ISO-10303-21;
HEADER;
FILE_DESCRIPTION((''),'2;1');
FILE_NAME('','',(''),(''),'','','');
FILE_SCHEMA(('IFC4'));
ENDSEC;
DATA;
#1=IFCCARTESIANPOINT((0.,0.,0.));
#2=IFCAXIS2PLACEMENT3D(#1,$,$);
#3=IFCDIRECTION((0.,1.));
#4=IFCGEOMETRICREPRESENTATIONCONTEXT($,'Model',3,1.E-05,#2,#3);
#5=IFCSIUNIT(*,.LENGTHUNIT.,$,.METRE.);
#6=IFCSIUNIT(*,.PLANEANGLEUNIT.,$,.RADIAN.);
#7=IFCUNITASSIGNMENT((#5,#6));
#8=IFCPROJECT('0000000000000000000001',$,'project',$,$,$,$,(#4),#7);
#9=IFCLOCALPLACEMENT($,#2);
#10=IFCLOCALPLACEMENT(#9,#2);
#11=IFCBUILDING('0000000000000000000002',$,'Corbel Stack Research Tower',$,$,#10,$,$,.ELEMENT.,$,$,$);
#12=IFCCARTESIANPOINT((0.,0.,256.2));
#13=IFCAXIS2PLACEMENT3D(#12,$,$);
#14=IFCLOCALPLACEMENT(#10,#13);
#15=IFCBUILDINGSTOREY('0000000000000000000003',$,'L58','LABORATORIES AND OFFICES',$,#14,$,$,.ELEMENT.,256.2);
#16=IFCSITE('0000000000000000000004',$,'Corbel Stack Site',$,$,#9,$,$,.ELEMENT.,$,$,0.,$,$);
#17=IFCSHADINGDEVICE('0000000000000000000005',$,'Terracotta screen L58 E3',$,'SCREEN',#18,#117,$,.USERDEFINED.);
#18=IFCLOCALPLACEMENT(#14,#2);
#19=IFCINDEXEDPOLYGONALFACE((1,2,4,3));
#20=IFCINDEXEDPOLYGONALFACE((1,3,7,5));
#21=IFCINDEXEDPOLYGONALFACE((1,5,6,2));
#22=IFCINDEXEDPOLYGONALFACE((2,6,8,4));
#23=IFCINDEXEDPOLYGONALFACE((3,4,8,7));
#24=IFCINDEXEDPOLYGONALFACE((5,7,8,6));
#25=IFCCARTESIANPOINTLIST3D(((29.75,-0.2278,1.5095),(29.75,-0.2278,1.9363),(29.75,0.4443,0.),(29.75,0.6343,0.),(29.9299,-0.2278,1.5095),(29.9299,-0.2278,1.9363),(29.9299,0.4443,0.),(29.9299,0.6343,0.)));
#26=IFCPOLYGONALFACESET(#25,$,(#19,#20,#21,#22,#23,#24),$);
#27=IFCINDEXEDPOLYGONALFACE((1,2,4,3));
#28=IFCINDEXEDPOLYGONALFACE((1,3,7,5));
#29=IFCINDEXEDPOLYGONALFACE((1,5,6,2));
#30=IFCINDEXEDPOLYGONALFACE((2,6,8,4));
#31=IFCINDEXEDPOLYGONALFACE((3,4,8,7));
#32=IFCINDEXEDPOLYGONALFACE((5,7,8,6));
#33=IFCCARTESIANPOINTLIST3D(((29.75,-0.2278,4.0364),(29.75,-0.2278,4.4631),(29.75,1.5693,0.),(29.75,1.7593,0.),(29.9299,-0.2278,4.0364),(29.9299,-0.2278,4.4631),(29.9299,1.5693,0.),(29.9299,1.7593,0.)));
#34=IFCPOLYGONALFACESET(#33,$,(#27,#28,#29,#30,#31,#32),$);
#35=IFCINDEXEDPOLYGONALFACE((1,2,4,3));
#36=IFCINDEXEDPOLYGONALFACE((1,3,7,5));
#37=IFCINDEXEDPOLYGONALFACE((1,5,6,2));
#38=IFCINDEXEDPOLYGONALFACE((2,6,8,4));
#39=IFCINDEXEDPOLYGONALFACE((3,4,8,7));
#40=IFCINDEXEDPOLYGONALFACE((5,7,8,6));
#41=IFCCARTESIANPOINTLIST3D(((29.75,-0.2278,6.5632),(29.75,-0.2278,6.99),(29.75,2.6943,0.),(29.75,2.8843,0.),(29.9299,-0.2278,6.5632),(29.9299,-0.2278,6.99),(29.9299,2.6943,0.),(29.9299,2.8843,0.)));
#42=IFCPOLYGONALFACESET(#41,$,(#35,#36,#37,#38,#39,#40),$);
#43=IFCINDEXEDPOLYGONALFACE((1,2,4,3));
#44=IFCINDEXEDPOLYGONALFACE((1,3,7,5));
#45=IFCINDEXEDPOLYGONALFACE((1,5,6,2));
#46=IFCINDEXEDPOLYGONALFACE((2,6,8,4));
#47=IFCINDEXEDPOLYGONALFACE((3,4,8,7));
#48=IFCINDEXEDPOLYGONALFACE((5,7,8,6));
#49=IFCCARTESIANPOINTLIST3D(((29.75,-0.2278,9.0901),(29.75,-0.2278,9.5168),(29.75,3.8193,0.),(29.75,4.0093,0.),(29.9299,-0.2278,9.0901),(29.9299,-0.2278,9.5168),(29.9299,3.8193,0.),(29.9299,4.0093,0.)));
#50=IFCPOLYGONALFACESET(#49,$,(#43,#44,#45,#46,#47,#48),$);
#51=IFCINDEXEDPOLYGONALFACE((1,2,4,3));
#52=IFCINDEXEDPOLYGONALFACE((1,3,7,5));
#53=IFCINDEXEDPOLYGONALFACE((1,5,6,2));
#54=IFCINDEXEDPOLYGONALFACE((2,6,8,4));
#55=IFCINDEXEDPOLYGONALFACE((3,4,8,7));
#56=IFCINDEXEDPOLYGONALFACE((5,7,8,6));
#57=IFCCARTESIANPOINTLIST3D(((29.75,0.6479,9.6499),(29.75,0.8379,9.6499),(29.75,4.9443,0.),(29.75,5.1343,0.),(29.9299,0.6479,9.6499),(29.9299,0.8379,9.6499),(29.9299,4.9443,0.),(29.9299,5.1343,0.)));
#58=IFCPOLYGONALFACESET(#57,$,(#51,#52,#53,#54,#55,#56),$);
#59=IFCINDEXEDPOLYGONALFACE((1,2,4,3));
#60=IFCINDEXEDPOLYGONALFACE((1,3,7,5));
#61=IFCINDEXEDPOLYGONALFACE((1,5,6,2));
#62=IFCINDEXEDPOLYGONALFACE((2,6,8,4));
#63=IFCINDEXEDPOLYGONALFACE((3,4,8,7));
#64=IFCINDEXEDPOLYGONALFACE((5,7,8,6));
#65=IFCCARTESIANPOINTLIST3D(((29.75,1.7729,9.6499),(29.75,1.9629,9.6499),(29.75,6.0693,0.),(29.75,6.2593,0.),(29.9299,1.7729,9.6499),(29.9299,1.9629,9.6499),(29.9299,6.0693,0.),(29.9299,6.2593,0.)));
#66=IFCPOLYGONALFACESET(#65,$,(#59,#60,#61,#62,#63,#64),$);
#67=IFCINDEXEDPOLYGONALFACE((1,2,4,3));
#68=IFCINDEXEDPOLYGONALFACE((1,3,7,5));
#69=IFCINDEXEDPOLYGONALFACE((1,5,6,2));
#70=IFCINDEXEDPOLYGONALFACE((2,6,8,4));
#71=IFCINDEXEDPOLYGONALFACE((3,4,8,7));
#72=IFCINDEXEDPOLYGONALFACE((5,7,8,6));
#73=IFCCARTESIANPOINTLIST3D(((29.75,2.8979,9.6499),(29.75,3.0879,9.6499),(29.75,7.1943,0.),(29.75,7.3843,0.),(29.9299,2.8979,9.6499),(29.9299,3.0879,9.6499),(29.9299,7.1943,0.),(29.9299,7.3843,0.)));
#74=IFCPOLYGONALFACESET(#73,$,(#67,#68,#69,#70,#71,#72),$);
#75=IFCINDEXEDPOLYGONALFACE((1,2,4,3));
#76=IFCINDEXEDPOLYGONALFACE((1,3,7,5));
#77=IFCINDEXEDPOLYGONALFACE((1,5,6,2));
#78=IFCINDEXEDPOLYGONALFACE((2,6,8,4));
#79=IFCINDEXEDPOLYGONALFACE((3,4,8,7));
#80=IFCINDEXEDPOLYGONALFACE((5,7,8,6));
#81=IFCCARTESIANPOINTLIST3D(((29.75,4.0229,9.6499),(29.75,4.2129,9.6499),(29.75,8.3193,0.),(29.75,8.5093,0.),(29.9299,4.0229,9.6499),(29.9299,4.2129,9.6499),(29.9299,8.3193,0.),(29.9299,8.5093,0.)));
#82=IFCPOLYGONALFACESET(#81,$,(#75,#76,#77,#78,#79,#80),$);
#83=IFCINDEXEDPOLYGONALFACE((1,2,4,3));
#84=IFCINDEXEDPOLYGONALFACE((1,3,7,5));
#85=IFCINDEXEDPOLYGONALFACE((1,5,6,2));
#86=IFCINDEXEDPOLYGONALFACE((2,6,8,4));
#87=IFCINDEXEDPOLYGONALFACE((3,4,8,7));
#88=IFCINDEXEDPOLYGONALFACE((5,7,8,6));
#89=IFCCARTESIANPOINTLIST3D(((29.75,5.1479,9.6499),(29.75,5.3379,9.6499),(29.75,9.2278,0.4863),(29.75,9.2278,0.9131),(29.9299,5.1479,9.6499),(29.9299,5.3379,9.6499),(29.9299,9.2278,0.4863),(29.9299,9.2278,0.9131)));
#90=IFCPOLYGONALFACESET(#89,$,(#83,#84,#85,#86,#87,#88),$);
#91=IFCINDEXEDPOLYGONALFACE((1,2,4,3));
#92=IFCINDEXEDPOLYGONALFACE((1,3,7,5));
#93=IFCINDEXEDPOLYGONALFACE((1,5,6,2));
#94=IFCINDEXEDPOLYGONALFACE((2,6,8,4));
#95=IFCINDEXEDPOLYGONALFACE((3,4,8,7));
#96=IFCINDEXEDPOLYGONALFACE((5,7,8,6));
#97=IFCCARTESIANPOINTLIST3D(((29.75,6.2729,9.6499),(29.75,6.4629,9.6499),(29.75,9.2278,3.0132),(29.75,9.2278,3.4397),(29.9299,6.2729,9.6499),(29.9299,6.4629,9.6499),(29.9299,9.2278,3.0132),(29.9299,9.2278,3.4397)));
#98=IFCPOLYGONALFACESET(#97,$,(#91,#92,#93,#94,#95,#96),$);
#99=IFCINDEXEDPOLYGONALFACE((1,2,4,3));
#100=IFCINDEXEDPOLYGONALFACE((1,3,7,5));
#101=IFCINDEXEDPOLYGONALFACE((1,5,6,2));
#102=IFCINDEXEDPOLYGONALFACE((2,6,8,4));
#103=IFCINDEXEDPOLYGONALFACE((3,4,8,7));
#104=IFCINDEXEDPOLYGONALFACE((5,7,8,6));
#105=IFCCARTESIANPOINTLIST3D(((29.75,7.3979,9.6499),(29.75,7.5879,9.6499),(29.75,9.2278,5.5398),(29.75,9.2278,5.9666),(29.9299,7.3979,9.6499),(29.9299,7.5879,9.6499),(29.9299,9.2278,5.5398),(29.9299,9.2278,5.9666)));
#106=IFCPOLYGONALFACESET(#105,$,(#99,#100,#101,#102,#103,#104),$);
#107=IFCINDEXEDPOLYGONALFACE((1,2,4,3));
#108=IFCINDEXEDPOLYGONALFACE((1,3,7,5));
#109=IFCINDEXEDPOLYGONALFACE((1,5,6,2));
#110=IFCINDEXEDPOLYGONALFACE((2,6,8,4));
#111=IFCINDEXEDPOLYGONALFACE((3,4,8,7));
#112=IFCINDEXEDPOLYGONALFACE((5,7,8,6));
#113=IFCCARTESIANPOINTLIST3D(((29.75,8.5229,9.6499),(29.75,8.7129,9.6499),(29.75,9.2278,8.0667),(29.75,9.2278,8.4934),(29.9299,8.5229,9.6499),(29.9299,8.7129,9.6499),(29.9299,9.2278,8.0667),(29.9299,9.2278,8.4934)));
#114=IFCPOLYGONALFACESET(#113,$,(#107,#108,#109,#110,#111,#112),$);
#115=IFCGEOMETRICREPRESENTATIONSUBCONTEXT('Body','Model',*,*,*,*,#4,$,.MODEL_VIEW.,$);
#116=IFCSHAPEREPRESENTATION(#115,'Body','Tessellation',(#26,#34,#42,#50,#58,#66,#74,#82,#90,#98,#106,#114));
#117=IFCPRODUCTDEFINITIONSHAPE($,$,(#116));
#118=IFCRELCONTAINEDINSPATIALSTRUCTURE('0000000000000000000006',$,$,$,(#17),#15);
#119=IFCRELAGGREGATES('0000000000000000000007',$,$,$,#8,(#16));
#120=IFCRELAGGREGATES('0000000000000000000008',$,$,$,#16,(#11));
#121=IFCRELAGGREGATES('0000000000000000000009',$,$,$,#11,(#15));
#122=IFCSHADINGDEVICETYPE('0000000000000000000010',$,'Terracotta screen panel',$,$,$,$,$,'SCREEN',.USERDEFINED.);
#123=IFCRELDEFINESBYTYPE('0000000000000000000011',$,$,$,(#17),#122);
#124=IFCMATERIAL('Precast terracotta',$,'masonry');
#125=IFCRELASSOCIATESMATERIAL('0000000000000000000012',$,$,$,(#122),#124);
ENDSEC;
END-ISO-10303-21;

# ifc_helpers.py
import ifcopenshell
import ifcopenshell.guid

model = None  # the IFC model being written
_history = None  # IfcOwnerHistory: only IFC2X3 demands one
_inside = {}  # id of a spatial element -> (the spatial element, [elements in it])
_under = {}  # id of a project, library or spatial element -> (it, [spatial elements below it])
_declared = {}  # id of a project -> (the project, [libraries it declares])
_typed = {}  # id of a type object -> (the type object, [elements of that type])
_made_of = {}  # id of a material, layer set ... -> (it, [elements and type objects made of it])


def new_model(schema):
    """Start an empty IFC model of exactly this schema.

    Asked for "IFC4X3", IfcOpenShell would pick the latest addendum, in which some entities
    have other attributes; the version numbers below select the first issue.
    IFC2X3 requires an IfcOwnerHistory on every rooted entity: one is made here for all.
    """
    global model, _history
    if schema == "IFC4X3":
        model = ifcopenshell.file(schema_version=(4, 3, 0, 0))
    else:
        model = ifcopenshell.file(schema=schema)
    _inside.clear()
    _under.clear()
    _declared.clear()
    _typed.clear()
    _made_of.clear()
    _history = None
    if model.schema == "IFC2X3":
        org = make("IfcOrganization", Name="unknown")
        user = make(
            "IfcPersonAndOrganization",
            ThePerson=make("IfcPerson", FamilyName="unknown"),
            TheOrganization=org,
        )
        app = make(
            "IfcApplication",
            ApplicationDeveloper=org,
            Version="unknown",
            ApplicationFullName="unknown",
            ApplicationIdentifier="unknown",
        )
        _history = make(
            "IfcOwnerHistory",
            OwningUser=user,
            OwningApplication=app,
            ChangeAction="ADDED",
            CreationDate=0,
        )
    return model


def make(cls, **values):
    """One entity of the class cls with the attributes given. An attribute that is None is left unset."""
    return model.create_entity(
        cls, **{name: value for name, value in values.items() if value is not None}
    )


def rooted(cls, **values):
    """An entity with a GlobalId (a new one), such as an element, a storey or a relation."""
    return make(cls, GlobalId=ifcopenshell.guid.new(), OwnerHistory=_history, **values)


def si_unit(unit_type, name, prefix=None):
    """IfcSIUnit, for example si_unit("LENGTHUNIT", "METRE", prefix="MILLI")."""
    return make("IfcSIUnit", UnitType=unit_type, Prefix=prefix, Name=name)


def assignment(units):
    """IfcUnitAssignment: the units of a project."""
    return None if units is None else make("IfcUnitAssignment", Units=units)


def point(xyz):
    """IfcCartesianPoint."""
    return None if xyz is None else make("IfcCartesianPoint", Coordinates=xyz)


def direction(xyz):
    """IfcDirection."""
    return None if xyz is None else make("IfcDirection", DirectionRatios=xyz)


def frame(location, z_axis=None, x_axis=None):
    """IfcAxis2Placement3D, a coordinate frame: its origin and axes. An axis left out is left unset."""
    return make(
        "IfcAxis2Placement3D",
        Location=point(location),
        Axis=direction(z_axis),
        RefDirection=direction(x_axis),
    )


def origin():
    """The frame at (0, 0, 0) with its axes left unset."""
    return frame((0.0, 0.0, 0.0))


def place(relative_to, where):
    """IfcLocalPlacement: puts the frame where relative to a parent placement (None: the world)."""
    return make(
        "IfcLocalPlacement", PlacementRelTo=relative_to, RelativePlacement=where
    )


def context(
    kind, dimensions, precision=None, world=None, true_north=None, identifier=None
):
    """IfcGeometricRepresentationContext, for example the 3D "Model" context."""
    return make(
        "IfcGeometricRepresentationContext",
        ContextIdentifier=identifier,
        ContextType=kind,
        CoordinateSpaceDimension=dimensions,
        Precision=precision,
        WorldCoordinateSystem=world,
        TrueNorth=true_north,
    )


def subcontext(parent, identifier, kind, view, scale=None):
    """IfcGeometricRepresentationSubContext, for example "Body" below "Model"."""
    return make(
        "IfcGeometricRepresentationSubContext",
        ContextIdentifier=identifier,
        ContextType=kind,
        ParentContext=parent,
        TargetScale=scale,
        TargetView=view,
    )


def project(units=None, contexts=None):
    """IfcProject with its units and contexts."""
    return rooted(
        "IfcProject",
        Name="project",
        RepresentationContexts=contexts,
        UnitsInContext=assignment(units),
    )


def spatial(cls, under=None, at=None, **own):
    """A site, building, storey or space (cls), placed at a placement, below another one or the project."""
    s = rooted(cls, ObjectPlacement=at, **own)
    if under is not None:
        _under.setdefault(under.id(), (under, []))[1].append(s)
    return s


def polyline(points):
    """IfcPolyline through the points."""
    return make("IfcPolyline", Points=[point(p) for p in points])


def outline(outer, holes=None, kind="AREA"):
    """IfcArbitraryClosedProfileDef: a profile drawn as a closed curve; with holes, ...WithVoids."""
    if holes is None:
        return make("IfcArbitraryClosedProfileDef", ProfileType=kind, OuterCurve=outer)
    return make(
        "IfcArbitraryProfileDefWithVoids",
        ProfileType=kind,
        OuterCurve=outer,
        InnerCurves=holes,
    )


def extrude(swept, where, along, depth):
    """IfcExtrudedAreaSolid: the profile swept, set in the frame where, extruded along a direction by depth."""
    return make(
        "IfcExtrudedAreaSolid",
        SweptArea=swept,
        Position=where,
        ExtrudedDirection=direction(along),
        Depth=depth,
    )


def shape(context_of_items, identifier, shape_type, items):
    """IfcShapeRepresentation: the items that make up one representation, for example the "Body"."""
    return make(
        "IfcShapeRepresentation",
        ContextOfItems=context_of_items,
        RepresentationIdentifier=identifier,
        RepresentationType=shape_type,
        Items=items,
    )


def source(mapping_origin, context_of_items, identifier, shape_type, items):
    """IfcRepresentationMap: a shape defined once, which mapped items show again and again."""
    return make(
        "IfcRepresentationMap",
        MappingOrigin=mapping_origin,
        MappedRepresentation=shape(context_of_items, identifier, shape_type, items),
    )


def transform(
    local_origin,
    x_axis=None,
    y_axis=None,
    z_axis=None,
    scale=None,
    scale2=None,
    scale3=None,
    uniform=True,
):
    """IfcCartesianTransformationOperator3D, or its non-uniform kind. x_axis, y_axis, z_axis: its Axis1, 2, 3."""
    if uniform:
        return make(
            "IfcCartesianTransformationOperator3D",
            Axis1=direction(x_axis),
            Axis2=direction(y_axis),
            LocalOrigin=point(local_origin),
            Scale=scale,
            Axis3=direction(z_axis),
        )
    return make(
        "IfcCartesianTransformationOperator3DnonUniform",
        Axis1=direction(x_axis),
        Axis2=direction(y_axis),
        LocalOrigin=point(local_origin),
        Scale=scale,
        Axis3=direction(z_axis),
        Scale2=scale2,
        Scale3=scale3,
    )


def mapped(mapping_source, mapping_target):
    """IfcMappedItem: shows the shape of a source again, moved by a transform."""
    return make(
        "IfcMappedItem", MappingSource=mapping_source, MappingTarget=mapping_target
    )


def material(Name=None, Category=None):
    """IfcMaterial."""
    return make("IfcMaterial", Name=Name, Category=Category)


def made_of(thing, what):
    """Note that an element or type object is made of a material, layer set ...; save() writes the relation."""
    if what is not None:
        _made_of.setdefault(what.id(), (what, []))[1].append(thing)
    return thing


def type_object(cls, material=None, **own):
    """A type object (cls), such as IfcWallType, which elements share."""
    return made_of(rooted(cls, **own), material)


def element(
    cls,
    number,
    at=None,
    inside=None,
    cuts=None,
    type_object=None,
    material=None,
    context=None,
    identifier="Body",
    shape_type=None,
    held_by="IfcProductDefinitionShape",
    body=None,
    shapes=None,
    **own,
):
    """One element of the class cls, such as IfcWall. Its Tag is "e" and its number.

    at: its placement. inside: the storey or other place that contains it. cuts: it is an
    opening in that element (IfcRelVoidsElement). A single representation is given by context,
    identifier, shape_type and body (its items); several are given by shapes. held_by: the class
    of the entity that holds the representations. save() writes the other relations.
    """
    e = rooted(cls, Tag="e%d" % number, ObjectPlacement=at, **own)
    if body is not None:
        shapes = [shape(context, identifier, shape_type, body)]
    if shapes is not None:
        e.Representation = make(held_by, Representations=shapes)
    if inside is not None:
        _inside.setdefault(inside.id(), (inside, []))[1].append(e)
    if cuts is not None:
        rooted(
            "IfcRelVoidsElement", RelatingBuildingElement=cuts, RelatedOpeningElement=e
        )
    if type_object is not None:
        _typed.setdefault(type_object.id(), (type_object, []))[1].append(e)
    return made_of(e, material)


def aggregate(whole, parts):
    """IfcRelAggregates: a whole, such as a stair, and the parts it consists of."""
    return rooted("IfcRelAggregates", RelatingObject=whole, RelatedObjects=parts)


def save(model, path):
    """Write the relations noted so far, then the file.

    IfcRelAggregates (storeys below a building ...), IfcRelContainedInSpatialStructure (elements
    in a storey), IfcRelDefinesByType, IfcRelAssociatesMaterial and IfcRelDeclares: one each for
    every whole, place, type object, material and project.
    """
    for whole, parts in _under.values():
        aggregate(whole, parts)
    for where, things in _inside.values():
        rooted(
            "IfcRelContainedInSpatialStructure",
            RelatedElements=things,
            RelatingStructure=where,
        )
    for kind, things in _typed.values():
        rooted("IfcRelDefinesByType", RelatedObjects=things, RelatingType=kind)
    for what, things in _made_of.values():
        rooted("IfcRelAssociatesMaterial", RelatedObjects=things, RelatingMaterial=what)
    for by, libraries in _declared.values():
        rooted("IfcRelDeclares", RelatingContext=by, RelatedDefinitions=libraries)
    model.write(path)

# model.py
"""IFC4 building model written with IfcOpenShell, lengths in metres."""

from ifc_helpers import new_model, si_unit, direction, frame, origin, place, context, subcontext, project, spatial, polyline, outline, extrude, source, transform, mapped, material, type_object, element, save


model = new_model("IFC4")

# Units and contexts
model_context = context("Model", 3, precision=1e-05, world=origin(), true_north=direction((0.0, 1.0)))
body_context = subcontext(model_context, "Body", "Model", "MODEL_VIEW")
ifc_project = project(units=[si_unit("LENGTHUNIT", "METRE"), si_unit("PLANEANGLEUNIT", "RADIAN")], contexts=[model_context])

# Site, building, storey
site_placement = place(None, origin())
site = spatial("IfcSite", under=ifc_project, at=site_placement, Name="Corbel Stack Site", CompositionType="ELEMENT", RefElevation=0.0)
building_placement = place(site_placement, origin())
building = spatial("IfcBuilding", under=site, at=building_placement, Name="Corbel Stack Research Tower", CompositionType="ELEMENT")
storey_placement = place(building_placement, frame((0.0, 0.0, 256.2)))
storey = spatial("IfcBuildingStorey", under=building, at=storey_placement, Name="L58", Description="LABORATORIES AND OFFICES", CompositionType="ELEMENT", Elevation=256.2)

# Shading device
ifc_material_1 = material(Name="Precast terracotta", Category="masonry")
shading_device_type = type_object("IfcShadingDeviceType", Name="Terracotta screen panel", ElementType="SCREEN", PredefinedType="USERDEFINED", material=ifc_material_1)
shared_shape_1 = source(origin(), body_context, "Body", "SweptSolid", [
    extrude(outline(polyline([(0.8621, 0.0), (0.0, 1.9363), (0.0, 1.5095), (0.6721, 0.0), (0.8621, 0.0)])), frame((0.0, 0.0, 0.0), z_axis=(0.0, -1.0, 0.0), x_axis=(1.0, 0.0, 0.0)), (0.0, 0.0, 1.0), 0.1799),
    extrude(outline(polyline([(1.9871, 0.0), (0.0, 4.4631), (0.0, 4.0364), (1.7971, 0.0), (1.9871, 0.0)])), frame((0.0, 0.0, 0.0), z_axis=(0.0, -1.0, 0.0), x_axis=(1.0, 0.0, 0.0)), (0.0, 0.0, 1.0), 0.1799),
    extrude(outline(polyline([(3.1121, 0.0), (0.0, 6.99), (0.0, 6.5632), (2.9221, 0.0), (3.1121, 0.0)])), frame((0.0, 0.0, 0.0), z_axis=(0.0, -1.0, 0.0), x_axis=(1.0, 0.0, 0.0)), (0.0, 0.0, 1.0), 0.1799),
    extrude(outline(polyline([(4.2371, 0.0), (0.0, 9.5168), (0.0, 9.0901), (4.0471, 0.0), (4.2371, 0.0)])), frame((0.0, 0.0, 0.0), z_axis=(0.0, -1.0, 0.0), x_axis=(1.0, 0.0, 0.0)), (0.0, 0.0, 1.0), 0.1799),
    extrude(outline(polyline([(5.3621, 0.0), (1.0657, 9.6499), (0.8757, 9.6499), (5.1721, 0.0), (5.3621, 0.0)])), frame((0.0, 0.0, 0.0), z_axis=(0.0, -1.0, 0.0), x_axis=(1.0, 0.0, 0.0)), (0.0, 0.0, 1.0), 0.1799),
    extrude(outline(polyline([(6.4871, 0.0), (2.1907, 9.6499), (2.0007, 9.6499), (6.2971, 0.0), (6.4871, 0.0)])), frame((0.0, 0.0, 0.0), z_axis=(0.0, -1.0, 0.0), x_axis=(1.0, 0.0, 0.0)), (0.0, 0.0, 1.0), 0.1799),
    extrude(outline(polyline([(7.6121, 0.0), (3.3157, 9.6499), (3.1257, 9.6499), (7.4221, 0.0), (7.6121, 0.0)])), frame((0.0, 0.0, 0.0), z_axis=(0.0, -1.0, 0.0), x_axis=(1.0, 0.0, 0.0)), (0.0, 0.0, 1.0), 0.1799),
    extrude(outline(polyline([(8.7371, 0.0), (4.4407, 9.6499), (4.2507, 9.6499), (8.5471, 0.0), (8.7371, 0.0)])), frame((0.0, 0.0, 0.0), z_axis=(0.0, -1.0, 0.0), x_axis=(1.0, 0.0, 0.0)), (0.0, 0.0, 1.0), 0.1799),
    extrude(outline(polyline([(5.5657, 9.6499), (5.3757, 9.6499), (9.4556, 0.4863), (9.4556, 0.9131), (5.5657, 9.6499)])), frame((0.0, 0.0, 0.0), z_axis=(0.0, -1.0, 0.0), x_axis=(1.0, 0.0, 0.0)), (0.0, 0.0, 1.0), 0.1799),
    extrude(outline(polyline([(6.6907, 9.6499), (6.5007, 9.6499), (9.4556, 3.0132), (9.4556, 3.4397), (6.6907, 9.6499)])), frame((0.0, 0.0, 0.0), z_axis=(0.0, -1.0, 0.0), x_axis=(1.0, 0.0, 0.0)), (0.0, 0.0, 1.0), 0.1799),
    extrude(outline(polyline([(7.8157, 9.6499), (7.6257, 9.6499), (9.4556, 5.5398), (9.4556, 5.9666), (7.8157, 9.6499)])), frame((0.0, 0.0, 0.0), z_axis=(0.0, -1.0, 0.0), x_axis=(1.0, 0.0, 0.0)), (0.0, 0.0, 1.0), 0.1799),
    extrude(outline(polyline([(8.9407, 9.6499), (8.7507, 9.6499), (9.4556, 8.0667), (9.4556, 8.4934), (8.9407, 9.6499)])), frame((0.0, 0.0, 0.0), z_axis=(0.0, -1.0, 0.0), x_axis=(1.0, 0.0, 0.0)), (0.0, 0.0, 1.0), 0.1799),
])
shading_device_1_placement = place(storey_placement, frame((29.75, -0.2278, 0.0), z_axis=(0.0, 0.0, 1.0), x_axis=(0.0, 1.0, 0.0)))
element("IfcShadingDevice", 1, at=shading_device_1_placement, inside=storey, type_object=shading_device_type, Name="Terracotta screen L58 E3", ObjectType="SCREEN", PredefinedType="USERDEFINED", context=body_context, shape_type="MappedRepresentation", body=[
    mapped(shared_shape_1, transform((0.0, 0.0, 0.0))),
])

save(model, "model.ifc")
